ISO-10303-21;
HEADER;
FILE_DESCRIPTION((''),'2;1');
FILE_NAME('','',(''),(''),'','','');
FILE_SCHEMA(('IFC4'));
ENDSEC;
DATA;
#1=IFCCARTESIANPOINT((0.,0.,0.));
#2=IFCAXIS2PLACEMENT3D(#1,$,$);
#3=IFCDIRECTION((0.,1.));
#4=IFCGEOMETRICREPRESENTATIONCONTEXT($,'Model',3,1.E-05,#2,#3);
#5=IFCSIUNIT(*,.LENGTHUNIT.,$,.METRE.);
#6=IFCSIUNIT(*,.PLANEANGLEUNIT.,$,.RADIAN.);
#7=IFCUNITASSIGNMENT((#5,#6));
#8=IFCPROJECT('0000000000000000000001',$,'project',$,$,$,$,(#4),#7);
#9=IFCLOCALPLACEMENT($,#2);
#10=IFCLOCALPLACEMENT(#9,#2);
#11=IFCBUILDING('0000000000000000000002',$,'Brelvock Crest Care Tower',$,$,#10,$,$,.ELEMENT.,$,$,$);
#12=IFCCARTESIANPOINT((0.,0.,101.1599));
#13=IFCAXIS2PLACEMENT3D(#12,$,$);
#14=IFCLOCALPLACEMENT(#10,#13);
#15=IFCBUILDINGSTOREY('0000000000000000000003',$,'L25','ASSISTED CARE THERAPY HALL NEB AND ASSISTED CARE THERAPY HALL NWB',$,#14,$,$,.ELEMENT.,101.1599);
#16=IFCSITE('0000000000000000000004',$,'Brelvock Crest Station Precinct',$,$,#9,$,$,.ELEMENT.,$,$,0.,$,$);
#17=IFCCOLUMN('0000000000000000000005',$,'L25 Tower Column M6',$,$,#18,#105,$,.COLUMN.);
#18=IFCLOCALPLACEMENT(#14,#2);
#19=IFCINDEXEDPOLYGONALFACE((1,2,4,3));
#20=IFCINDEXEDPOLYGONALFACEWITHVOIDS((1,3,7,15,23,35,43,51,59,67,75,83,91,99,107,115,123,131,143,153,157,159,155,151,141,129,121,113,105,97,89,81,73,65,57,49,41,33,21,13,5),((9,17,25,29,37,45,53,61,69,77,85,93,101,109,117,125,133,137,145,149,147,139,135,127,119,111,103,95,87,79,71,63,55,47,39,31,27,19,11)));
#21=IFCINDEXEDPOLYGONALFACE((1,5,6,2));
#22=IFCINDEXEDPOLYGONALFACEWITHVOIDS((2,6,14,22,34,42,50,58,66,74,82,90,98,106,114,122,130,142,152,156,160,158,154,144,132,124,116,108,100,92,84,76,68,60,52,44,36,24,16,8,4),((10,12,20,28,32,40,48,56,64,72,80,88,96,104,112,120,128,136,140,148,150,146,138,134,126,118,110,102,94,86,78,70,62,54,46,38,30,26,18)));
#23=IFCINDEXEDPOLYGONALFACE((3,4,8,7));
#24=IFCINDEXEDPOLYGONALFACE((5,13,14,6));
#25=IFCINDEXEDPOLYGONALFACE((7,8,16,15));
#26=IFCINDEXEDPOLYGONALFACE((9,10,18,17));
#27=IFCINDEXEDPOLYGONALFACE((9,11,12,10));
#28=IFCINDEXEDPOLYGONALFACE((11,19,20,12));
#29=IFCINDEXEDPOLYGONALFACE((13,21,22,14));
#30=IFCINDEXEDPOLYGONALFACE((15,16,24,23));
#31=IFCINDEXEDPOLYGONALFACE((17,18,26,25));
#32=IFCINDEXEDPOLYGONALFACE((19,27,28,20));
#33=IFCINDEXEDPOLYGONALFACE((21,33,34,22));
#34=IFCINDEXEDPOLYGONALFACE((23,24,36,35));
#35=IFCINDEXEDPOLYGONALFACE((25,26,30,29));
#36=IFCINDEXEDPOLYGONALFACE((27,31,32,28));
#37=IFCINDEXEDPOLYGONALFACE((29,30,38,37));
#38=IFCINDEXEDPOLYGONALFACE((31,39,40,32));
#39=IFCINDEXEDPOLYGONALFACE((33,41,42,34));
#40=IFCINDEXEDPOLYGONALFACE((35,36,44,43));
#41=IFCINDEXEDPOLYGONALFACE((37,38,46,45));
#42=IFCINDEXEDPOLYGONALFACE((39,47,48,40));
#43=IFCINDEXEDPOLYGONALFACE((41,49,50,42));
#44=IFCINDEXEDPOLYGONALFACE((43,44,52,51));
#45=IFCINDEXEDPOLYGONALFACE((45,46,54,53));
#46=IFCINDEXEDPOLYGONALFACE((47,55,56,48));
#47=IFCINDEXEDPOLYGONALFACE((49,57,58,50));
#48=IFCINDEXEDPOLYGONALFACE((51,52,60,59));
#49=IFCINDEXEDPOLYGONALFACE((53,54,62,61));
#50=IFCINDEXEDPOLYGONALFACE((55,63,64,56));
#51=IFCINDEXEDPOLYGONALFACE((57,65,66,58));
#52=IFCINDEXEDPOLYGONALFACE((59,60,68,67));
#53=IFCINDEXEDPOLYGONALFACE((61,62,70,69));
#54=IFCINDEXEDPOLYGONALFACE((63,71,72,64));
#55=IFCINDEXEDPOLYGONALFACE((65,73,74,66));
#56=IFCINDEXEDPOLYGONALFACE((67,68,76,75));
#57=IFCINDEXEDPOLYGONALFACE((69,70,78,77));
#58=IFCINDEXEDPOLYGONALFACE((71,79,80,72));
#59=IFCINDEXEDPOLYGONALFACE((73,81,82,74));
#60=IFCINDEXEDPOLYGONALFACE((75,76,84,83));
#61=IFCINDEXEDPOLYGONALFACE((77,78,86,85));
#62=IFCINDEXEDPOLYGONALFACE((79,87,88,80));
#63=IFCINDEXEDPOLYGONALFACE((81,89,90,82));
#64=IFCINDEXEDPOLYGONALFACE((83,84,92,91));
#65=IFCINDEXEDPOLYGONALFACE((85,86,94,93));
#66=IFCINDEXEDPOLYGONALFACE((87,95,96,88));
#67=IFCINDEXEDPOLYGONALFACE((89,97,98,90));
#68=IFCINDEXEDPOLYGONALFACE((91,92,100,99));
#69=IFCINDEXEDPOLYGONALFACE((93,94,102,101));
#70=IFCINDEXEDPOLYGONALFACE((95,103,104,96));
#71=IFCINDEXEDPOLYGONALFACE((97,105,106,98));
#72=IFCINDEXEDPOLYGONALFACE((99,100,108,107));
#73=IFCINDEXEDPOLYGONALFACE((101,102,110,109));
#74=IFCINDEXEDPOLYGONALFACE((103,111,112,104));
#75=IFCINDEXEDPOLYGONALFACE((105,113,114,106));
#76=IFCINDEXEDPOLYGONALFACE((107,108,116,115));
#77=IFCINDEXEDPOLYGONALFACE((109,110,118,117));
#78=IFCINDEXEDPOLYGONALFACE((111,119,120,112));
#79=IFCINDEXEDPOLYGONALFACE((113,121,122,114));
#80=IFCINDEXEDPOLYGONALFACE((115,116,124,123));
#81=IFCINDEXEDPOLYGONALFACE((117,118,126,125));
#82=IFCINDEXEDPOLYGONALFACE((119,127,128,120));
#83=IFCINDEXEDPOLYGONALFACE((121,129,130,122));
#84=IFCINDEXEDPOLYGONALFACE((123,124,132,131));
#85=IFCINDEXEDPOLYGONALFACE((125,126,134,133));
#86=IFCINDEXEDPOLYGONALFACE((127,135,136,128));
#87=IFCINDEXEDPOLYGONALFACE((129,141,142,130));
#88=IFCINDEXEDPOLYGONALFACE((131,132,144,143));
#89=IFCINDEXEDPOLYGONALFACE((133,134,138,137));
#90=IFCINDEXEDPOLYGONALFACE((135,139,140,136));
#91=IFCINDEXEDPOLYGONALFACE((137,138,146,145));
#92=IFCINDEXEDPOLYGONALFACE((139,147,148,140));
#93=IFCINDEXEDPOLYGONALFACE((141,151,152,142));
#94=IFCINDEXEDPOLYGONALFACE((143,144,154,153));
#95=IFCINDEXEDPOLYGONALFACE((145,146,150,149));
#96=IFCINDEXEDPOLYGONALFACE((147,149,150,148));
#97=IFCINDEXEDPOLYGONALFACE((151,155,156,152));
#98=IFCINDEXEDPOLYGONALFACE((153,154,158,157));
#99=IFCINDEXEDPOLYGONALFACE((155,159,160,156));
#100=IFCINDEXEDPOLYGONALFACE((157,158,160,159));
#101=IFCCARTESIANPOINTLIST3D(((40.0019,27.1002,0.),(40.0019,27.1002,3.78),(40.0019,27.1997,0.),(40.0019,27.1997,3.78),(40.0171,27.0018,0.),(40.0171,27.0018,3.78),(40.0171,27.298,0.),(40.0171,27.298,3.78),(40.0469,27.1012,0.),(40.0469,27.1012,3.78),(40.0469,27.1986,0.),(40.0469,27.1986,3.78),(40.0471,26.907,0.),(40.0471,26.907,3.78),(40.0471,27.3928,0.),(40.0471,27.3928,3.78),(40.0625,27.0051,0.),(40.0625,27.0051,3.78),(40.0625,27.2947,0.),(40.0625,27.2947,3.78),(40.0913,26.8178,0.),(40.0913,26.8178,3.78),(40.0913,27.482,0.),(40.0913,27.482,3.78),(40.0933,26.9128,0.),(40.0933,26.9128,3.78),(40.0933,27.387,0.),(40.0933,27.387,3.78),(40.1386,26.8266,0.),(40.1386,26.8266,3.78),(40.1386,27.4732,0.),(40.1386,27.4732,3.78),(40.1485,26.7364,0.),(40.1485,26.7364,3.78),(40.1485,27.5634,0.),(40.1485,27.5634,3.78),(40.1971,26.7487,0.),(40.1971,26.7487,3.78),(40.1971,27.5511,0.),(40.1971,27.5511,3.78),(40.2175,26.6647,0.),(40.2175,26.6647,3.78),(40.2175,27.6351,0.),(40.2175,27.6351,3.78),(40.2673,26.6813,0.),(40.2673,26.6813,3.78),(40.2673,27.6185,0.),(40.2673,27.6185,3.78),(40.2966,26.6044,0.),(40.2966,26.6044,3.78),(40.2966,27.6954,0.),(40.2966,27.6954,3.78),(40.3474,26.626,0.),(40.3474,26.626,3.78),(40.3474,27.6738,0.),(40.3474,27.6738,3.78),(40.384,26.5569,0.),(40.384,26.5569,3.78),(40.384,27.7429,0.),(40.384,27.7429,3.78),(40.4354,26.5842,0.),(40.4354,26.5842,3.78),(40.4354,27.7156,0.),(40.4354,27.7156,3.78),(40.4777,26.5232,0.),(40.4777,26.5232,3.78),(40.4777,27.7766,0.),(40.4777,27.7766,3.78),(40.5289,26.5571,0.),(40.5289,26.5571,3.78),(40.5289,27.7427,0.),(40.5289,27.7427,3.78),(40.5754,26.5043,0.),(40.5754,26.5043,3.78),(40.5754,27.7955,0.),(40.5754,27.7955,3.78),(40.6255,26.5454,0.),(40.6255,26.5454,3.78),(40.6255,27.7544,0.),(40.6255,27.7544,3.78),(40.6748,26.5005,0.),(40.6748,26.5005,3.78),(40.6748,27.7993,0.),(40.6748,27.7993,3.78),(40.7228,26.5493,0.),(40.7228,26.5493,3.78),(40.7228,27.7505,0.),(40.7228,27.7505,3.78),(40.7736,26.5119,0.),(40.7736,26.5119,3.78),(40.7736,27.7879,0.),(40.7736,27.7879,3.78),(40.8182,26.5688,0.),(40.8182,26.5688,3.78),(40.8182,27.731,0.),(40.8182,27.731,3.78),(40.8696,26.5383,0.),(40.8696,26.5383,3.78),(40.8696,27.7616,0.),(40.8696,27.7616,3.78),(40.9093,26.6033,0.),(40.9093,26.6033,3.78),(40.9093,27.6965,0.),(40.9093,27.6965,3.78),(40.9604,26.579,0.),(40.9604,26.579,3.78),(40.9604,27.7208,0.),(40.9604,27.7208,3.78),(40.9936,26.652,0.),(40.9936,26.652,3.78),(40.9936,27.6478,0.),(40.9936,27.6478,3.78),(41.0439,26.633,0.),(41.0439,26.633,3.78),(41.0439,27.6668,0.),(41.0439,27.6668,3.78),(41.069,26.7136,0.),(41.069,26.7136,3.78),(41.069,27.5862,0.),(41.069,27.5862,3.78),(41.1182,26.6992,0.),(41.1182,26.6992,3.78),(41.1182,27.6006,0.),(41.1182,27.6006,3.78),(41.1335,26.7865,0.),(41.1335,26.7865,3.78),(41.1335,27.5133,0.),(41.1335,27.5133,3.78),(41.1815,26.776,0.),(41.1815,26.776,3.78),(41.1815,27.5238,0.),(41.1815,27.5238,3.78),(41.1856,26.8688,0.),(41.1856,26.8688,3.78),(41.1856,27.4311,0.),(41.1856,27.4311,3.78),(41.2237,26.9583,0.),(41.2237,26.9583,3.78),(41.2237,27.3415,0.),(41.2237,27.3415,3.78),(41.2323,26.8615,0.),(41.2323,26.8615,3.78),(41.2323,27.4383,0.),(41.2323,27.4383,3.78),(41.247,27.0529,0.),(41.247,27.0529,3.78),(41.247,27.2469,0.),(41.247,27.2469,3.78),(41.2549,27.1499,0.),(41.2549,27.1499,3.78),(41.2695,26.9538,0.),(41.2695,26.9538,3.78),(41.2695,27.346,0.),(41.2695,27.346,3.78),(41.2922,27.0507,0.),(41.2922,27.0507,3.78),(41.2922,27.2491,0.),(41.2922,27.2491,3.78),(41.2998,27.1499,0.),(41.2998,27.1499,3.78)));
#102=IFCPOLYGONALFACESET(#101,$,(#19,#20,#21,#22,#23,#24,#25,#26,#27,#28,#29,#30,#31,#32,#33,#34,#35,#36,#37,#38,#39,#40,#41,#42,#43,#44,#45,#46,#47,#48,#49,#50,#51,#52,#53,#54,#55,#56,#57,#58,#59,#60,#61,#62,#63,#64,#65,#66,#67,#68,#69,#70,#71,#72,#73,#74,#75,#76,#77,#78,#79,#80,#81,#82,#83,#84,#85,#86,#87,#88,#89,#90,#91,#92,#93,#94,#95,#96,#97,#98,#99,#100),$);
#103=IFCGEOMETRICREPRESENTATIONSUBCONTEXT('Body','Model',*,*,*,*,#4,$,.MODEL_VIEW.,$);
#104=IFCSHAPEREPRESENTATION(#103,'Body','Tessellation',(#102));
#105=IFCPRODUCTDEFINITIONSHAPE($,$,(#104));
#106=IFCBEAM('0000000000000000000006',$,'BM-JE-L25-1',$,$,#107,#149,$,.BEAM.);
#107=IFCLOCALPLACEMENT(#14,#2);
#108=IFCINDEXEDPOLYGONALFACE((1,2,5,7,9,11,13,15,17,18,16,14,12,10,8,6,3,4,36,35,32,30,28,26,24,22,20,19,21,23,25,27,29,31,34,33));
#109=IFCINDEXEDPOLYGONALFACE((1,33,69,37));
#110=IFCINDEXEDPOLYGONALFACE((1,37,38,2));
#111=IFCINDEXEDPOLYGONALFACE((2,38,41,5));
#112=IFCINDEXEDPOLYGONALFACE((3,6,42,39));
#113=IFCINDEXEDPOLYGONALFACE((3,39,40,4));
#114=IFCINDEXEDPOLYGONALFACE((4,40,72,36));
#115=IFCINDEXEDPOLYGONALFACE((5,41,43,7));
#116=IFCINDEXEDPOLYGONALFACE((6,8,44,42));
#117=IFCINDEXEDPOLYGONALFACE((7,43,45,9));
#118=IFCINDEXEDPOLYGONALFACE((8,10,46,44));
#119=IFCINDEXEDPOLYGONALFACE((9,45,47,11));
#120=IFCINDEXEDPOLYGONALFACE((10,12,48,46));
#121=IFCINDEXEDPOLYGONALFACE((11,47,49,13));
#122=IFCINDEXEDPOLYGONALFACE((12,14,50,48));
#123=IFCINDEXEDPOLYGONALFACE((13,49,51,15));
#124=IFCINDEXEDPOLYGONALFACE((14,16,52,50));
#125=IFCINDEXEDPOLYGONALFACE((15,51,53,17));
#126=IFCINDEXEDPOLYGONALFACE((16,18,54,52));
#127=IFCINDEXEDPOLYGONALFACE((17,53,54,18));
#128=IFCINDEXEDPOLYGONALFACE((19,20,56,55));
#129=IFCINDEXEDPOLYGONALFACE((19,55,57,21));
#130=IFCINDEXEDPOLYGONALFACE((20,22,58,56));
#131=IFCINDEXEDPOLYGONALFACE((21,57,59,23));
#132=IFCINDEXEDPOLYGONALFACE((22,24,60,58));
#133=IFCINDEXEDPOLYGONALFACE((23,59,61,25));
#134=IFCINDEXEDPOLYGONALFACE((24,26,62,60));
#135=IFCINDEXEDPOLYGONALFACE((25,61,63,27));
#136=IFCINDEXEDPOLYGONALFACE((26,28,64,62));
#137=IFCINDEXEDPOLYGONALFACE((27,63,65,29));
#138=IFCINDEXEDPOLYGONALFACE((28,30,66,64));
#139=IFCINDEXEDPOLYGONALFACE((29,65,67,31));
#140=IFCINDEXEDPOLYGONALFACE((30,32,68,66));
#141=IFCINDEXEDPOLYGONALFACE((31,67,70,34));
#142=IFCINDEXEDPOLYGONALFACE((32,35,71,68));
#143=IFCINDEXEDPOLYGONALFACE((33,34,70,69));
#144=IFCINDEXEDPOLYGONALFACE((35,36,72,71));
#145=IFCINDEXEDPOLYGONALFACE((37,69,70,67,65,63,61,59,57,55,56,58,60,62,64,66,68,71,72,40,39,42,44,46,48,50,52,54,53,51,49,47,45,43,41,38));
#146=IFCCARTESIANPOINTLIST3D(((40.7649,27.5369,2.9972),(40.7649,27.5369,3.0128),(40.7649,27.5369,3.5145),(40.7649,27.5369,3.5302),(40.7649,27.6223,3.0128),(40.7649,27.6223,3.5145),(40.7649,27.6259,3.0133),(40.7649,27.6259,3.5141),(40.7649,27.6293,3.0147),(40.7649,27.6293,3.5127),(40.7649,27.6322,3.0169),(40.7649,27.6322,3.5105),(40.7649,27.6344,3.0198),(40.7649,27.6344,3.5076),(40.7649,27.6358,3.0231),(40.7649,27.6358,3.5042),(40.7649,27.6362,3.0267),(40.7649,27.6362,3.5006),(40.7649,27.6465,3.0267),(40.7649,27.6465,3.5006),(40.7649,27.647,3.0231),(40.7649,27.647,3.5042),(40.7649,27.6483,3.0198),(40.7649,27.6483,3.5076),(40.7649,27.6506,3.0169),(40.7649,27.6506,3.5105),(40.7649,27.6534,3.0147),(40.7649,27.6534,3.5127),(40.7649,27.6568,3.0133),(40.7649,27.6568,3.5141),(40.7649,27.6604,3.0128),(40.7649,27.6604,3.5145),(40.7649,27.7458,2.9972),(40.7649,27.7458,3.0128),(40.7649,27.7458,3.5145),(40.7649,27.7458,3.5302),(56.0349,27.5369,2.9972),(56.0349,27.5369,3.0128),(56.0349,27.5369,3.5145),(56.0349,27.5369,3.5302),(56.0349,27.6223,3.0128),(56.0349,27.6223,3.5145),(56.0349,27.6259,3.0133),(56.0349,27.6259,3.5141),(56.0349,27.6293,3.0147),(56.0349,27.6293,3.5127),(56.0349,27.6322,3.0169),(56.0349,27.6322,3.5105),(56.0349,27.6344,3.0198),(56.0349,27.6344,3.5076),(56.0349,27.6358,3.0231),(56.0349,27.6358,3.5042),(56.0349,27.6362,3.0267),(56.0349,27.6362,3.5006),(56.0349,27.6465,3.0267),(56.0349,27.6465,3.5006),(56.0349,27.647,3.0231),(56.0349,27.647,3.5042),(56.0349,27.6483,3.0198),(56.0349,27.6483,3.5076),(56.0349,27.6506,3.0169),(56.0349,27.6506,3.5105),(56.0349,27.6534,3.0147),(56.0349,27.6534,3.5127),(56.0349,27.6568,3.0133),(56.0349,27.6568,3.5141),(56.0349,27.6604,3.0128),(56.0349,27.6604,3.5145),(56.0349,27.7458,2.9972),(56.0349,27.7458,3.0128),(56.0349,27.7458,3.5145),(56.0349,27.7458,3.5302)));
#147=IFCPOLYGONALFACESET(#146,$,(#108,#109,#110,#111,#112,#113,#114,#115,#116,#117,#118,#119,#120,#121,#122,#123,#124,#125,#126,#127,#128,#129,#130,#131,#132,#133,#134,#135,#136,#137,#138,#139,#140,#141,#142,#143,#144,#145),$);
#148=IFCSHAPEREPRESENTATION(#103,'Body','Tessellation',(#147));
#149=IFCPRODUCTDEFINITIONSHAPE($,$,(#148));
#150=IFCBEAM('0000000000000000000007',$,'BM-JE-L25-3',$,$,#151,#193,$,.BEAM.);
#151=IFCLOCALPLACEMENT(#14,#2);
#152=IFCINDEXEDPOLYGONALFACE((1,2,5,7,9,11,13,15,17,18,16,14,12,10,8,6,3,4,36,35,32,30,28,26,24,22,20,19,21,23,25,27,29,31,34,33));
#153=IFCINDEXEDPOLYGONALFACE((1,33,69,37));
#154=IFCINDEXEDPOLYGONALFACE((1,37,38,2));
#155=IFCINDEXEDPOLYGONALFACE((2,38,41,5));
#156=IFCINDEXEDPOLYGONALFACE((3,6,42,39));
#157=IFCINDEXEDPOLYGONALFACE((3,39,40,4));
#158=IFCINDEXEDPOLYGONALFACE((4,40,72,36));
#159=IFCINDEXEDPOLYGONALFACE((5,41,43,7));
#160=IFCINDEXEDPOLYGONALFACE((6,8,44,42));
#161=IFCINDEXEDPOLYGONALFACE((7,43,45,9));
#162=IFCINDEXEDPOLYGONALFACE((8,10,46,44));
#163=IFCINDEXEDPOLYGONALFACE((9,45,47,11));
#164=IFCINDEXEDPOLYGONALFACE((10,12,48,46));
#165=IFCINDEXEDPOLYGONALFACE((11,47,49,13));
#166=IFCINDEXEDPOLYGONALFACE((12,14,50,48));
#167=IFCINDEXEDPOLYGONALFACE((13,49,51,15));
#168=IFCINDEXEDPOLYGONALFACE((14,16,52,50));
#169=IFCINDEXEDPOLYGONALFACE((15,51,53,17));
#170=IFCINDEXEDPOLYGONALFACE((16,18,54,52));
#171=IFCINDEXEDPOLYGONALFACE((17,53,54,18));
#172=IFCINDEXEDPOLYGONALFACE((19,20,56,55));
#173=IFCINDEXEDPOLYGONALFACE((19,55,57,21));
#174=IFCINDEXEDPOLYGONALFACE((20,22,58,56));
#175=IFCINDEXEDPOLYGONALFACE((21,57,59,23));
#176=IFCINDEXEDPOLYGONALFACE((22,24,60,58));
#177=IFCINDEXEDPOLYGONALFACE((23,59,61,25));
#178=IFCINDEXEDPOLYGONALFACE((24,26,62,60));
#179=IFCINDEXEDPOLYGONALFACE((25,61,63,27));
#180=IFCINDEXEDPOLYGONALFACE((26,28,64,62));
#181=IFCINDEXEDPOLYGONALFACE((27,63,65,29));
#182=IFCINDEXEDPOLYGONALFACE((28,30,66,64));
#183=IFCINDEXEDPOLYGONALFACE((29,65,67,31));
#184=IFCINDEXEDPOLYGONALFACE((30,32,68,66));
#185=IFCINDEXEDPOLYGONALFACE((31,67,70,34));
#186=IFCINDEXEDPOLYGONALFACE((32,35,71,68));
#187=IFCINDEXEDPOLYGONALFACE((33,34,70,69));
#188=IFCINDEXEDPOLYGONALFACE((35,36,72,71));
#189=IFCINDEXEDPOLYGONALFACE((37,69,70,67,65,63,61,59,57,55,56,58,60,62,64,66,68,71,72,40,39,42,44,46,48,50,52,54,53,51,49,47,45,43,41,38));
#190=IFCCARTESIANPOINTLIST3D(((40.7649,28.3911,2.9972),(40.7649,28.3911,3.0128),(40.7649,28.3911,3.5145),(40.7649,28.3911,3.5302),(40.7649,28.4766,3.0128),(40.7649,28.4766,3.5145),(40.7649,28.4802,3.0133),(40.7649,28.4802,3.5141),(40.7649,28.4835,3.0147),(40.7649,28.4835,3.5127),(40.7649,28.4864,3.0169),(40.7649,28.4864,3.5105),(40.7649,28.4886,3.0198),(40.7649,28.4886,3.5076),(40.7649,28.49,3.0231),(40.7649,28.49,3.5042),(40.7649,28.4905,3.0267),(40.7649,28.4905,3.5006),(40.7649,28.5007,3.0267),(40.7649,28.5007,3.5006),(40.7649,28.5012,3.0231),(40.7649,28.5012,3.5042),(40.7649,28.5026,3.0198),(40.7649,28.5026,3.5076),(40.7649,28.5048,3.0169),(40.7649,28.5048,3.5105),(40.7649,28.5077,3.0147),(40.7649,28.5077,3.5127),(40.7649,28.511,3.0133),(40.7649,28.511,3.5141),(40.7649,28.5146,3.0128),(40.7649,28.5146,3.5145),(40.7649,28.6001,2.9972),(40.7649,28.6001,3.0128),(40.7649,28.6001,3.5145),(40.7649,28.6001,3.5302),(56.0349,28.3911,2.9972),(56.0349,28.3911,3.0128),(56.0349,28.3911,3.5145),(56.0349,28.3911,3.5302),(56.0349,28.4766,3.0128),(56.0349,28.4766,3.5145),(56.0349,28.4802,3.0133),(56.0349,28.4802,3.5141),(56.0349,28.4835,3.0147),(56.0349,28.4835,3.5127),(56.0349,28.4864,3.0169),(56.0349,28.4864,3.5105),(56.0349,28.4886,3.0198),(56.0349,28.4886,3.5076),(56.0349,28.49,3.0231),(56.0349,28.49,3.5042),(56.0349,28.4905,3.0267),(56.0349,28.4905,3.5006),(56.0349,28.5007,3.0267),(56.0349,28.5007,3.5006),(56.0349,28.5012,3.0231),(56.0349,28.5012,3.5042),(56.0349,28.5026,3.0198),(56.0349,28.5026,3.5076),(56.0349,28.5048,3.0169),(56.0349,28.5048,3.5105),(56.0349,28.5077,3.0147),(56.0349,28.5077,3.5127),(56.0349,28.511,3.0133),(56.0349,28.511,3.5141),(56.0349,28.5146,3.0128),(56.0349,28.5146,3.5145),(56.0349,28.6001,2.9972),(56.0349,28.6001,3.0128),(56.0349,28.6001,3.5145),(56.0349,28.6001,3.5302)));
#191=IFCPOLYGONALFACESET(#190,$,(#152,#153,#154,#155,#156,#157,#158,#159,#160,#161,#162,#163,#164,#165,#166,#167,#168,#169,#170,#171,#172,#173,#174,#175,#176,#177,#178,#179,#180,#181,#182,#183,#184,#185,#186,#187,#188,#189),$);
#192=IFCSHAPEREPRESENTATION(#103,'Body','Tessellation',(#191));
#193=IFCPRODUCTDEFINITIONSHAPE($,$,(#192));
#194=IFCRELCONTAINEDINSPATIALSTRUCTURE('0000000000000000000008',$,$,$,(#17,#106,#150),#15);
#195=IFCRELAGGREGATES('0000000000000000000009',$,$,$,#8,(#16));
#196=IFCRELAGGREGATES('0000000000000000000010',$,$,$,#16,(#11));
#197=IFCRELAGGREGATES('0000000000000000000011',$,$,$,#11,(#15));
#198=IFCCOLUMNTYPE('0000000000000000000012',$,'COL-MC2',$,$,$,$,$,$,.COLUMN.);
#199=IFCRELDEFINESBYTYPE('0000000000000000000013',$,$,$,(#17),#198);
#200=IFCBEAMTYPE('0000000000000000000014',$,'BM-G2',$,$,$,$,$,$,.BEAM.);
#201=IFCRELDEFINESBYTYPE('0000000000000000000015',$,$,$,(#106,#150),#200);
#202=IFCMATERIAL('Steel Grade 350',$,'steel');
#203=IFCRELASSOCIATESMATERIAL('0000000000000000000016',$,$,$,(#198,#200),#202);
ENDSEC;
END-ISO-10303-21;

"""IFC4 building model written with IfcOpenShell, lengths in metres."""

from ifc_helpers import new_model, si_unit, direction, frame, origin, origin_2d, place, context, subcontext, project, spatial, hollow_circle, i_section, extrude, source, transform, mapped, material, material_profile, profile_set, type_object, element, save


model = new_model("IFC4")

# Units and contexts
model_context = context("Model", 3, precision=1e-05, world=origin(), true_north=direction((0.0, 1.0)))
body_context = subcontext(model_context, "Body", "Model", "MODEL_VIEW")
ifc_project = project(units=[si_unit("LENGTHUNIT", "METRE"), si_unit("PLANEANGLEUNIT", "RADIAN")], contexts=[model_context])

# Site, building, storey
site_placement = place(None, origin())
site = spatial("IfcSite", under=ifc_project, at=site_placement, Name="Brelvock Crest Station Precinct", CompositionType="ELEMENT", RefElevation=0.0)
building_placement = place(site_placement, origin())
building = spatial("IfcBuilding", under=site, at=building_placement, Name="Brelvock Crest Care Tower", CompositionType="ELEMENT")
storey_placement = place(building_placement, frame((0.0, 0.0, 101.1599)))
storey = spatial("IfcBuildingStorey", under=building, at=storey_placement, Name="L25", Description="ASSISTED CARE THERAPY HALL NEB AND ASSISTED CARE THERAPY HALL NWB", CompositionType="ELEMENT", Elevation=101.1599)

# Column
ifc_material_1 = material(Name="Steel Grade 350", Category="steel")
ifc_material_profile_1 = material_profile(ifc_material_1, hollow_circle(Radius=0.6499, WallThickness=0.0449, at=origin_2d()), Name="CFT1300x45")
ifc_profile_set_1 = profile_set([ifc_material_profile_1], Name="Steel Grade 350")
column_type = type_object("IfcColumnType", Name="COL-MC2", PredefinedType="COLUMN", material=ifc_profile_set_1)
shared_shape_1 = source(origin(), body_context, "Body", "SweptSolid", [
    extrude(hollow_circle(Radius=0.6499, WallThickness=0.0449, at=origin_2d()), origin(), (0.0, 0.0, 1.0), 3.78),
])
column_placement = place(storey_placement, frame((40.6499, 27.1499, 0.0), z_axis=(0.0, 0.0, 1.0), x_axis=(1.0, 0.0, 0.0)))
element("IfcColumn", 1, at=column_placement, inside=storey, type_object=column_type, Name="L25 Tower Column M6", PredefinedType="COLUMN", context=body_context, shape_type="MappedRepresentation", body=[
    mapped(shared_shape_1, transform((0.0, 0.0, 0.0), x_axis=(1.0, 0.0, 0.0), y_axis=(0.0, 1.0, 0.0), z_axis=(0.0, 0.0, 1.0), scale=1.0)),
])

# Beams
ifc_material_profile_2 = material_profile(ifc_material_1, i_section(OverallWidth=0.209, OverallDepth=0.533, WebThickness=0.0103, FlangeThickness=0.0156, FilletRadius=0.0139, at=origin_2d()), Name="530UB92.4")
ifc_profile_set_2 = profile_set([ifc_material_profile_2], Name="Steel Grade 350")
beam_type_1 = type_object("IfcBeamType", Name="BM-G2", PredefinedType="BEAM", material=ifc_profile_set_2)
shared_shape_2 = source(origin(), body_context, "Body", "SweptSolid", [
    extrude(i_section(OverallWidth=0.209, OverallDepth=0.533, WebThickness=0.0103, FlangeThickness=0.0156, FilletRadius=0.0139, at=origin_2d()), origin(), (0.0, 0.0, 1.0), 15.27),
])
for number, where, z_axis, x_axis, name in (
    (2, (40.7649, 27.6414, 3.2637), (1.0, 0.0, 0.0), (0.0, 1.0, 0.0), "BM-JE-L25-1"),
    (3, (40.7649, 28.4956, 3.2637), (1.0, 0.0, 0.0), (0.0, 1.0, 0.0), "BM-JE-L25-3"),
):
    element("IfcBeam", number, at=place(storey_placement, frame(where, z_axis=z_axis, x_axis=x_axis)), inside=storey, type_object=beam_type_1, Name=name, PredefinedType="BEAM", context=body_context, shape_type="MappedRepresentation", body=[
        mapped(shared_shape_2, transform((0.0, 0.0, 0.0), x_axis=(1.0, 0.0, 0.0), y_axis=(0.0, 1.0, 0.0), z_axis=(0.0, 0.0, 1.0), scale=1.0)),
    ])

save(model, "model.ifc")
